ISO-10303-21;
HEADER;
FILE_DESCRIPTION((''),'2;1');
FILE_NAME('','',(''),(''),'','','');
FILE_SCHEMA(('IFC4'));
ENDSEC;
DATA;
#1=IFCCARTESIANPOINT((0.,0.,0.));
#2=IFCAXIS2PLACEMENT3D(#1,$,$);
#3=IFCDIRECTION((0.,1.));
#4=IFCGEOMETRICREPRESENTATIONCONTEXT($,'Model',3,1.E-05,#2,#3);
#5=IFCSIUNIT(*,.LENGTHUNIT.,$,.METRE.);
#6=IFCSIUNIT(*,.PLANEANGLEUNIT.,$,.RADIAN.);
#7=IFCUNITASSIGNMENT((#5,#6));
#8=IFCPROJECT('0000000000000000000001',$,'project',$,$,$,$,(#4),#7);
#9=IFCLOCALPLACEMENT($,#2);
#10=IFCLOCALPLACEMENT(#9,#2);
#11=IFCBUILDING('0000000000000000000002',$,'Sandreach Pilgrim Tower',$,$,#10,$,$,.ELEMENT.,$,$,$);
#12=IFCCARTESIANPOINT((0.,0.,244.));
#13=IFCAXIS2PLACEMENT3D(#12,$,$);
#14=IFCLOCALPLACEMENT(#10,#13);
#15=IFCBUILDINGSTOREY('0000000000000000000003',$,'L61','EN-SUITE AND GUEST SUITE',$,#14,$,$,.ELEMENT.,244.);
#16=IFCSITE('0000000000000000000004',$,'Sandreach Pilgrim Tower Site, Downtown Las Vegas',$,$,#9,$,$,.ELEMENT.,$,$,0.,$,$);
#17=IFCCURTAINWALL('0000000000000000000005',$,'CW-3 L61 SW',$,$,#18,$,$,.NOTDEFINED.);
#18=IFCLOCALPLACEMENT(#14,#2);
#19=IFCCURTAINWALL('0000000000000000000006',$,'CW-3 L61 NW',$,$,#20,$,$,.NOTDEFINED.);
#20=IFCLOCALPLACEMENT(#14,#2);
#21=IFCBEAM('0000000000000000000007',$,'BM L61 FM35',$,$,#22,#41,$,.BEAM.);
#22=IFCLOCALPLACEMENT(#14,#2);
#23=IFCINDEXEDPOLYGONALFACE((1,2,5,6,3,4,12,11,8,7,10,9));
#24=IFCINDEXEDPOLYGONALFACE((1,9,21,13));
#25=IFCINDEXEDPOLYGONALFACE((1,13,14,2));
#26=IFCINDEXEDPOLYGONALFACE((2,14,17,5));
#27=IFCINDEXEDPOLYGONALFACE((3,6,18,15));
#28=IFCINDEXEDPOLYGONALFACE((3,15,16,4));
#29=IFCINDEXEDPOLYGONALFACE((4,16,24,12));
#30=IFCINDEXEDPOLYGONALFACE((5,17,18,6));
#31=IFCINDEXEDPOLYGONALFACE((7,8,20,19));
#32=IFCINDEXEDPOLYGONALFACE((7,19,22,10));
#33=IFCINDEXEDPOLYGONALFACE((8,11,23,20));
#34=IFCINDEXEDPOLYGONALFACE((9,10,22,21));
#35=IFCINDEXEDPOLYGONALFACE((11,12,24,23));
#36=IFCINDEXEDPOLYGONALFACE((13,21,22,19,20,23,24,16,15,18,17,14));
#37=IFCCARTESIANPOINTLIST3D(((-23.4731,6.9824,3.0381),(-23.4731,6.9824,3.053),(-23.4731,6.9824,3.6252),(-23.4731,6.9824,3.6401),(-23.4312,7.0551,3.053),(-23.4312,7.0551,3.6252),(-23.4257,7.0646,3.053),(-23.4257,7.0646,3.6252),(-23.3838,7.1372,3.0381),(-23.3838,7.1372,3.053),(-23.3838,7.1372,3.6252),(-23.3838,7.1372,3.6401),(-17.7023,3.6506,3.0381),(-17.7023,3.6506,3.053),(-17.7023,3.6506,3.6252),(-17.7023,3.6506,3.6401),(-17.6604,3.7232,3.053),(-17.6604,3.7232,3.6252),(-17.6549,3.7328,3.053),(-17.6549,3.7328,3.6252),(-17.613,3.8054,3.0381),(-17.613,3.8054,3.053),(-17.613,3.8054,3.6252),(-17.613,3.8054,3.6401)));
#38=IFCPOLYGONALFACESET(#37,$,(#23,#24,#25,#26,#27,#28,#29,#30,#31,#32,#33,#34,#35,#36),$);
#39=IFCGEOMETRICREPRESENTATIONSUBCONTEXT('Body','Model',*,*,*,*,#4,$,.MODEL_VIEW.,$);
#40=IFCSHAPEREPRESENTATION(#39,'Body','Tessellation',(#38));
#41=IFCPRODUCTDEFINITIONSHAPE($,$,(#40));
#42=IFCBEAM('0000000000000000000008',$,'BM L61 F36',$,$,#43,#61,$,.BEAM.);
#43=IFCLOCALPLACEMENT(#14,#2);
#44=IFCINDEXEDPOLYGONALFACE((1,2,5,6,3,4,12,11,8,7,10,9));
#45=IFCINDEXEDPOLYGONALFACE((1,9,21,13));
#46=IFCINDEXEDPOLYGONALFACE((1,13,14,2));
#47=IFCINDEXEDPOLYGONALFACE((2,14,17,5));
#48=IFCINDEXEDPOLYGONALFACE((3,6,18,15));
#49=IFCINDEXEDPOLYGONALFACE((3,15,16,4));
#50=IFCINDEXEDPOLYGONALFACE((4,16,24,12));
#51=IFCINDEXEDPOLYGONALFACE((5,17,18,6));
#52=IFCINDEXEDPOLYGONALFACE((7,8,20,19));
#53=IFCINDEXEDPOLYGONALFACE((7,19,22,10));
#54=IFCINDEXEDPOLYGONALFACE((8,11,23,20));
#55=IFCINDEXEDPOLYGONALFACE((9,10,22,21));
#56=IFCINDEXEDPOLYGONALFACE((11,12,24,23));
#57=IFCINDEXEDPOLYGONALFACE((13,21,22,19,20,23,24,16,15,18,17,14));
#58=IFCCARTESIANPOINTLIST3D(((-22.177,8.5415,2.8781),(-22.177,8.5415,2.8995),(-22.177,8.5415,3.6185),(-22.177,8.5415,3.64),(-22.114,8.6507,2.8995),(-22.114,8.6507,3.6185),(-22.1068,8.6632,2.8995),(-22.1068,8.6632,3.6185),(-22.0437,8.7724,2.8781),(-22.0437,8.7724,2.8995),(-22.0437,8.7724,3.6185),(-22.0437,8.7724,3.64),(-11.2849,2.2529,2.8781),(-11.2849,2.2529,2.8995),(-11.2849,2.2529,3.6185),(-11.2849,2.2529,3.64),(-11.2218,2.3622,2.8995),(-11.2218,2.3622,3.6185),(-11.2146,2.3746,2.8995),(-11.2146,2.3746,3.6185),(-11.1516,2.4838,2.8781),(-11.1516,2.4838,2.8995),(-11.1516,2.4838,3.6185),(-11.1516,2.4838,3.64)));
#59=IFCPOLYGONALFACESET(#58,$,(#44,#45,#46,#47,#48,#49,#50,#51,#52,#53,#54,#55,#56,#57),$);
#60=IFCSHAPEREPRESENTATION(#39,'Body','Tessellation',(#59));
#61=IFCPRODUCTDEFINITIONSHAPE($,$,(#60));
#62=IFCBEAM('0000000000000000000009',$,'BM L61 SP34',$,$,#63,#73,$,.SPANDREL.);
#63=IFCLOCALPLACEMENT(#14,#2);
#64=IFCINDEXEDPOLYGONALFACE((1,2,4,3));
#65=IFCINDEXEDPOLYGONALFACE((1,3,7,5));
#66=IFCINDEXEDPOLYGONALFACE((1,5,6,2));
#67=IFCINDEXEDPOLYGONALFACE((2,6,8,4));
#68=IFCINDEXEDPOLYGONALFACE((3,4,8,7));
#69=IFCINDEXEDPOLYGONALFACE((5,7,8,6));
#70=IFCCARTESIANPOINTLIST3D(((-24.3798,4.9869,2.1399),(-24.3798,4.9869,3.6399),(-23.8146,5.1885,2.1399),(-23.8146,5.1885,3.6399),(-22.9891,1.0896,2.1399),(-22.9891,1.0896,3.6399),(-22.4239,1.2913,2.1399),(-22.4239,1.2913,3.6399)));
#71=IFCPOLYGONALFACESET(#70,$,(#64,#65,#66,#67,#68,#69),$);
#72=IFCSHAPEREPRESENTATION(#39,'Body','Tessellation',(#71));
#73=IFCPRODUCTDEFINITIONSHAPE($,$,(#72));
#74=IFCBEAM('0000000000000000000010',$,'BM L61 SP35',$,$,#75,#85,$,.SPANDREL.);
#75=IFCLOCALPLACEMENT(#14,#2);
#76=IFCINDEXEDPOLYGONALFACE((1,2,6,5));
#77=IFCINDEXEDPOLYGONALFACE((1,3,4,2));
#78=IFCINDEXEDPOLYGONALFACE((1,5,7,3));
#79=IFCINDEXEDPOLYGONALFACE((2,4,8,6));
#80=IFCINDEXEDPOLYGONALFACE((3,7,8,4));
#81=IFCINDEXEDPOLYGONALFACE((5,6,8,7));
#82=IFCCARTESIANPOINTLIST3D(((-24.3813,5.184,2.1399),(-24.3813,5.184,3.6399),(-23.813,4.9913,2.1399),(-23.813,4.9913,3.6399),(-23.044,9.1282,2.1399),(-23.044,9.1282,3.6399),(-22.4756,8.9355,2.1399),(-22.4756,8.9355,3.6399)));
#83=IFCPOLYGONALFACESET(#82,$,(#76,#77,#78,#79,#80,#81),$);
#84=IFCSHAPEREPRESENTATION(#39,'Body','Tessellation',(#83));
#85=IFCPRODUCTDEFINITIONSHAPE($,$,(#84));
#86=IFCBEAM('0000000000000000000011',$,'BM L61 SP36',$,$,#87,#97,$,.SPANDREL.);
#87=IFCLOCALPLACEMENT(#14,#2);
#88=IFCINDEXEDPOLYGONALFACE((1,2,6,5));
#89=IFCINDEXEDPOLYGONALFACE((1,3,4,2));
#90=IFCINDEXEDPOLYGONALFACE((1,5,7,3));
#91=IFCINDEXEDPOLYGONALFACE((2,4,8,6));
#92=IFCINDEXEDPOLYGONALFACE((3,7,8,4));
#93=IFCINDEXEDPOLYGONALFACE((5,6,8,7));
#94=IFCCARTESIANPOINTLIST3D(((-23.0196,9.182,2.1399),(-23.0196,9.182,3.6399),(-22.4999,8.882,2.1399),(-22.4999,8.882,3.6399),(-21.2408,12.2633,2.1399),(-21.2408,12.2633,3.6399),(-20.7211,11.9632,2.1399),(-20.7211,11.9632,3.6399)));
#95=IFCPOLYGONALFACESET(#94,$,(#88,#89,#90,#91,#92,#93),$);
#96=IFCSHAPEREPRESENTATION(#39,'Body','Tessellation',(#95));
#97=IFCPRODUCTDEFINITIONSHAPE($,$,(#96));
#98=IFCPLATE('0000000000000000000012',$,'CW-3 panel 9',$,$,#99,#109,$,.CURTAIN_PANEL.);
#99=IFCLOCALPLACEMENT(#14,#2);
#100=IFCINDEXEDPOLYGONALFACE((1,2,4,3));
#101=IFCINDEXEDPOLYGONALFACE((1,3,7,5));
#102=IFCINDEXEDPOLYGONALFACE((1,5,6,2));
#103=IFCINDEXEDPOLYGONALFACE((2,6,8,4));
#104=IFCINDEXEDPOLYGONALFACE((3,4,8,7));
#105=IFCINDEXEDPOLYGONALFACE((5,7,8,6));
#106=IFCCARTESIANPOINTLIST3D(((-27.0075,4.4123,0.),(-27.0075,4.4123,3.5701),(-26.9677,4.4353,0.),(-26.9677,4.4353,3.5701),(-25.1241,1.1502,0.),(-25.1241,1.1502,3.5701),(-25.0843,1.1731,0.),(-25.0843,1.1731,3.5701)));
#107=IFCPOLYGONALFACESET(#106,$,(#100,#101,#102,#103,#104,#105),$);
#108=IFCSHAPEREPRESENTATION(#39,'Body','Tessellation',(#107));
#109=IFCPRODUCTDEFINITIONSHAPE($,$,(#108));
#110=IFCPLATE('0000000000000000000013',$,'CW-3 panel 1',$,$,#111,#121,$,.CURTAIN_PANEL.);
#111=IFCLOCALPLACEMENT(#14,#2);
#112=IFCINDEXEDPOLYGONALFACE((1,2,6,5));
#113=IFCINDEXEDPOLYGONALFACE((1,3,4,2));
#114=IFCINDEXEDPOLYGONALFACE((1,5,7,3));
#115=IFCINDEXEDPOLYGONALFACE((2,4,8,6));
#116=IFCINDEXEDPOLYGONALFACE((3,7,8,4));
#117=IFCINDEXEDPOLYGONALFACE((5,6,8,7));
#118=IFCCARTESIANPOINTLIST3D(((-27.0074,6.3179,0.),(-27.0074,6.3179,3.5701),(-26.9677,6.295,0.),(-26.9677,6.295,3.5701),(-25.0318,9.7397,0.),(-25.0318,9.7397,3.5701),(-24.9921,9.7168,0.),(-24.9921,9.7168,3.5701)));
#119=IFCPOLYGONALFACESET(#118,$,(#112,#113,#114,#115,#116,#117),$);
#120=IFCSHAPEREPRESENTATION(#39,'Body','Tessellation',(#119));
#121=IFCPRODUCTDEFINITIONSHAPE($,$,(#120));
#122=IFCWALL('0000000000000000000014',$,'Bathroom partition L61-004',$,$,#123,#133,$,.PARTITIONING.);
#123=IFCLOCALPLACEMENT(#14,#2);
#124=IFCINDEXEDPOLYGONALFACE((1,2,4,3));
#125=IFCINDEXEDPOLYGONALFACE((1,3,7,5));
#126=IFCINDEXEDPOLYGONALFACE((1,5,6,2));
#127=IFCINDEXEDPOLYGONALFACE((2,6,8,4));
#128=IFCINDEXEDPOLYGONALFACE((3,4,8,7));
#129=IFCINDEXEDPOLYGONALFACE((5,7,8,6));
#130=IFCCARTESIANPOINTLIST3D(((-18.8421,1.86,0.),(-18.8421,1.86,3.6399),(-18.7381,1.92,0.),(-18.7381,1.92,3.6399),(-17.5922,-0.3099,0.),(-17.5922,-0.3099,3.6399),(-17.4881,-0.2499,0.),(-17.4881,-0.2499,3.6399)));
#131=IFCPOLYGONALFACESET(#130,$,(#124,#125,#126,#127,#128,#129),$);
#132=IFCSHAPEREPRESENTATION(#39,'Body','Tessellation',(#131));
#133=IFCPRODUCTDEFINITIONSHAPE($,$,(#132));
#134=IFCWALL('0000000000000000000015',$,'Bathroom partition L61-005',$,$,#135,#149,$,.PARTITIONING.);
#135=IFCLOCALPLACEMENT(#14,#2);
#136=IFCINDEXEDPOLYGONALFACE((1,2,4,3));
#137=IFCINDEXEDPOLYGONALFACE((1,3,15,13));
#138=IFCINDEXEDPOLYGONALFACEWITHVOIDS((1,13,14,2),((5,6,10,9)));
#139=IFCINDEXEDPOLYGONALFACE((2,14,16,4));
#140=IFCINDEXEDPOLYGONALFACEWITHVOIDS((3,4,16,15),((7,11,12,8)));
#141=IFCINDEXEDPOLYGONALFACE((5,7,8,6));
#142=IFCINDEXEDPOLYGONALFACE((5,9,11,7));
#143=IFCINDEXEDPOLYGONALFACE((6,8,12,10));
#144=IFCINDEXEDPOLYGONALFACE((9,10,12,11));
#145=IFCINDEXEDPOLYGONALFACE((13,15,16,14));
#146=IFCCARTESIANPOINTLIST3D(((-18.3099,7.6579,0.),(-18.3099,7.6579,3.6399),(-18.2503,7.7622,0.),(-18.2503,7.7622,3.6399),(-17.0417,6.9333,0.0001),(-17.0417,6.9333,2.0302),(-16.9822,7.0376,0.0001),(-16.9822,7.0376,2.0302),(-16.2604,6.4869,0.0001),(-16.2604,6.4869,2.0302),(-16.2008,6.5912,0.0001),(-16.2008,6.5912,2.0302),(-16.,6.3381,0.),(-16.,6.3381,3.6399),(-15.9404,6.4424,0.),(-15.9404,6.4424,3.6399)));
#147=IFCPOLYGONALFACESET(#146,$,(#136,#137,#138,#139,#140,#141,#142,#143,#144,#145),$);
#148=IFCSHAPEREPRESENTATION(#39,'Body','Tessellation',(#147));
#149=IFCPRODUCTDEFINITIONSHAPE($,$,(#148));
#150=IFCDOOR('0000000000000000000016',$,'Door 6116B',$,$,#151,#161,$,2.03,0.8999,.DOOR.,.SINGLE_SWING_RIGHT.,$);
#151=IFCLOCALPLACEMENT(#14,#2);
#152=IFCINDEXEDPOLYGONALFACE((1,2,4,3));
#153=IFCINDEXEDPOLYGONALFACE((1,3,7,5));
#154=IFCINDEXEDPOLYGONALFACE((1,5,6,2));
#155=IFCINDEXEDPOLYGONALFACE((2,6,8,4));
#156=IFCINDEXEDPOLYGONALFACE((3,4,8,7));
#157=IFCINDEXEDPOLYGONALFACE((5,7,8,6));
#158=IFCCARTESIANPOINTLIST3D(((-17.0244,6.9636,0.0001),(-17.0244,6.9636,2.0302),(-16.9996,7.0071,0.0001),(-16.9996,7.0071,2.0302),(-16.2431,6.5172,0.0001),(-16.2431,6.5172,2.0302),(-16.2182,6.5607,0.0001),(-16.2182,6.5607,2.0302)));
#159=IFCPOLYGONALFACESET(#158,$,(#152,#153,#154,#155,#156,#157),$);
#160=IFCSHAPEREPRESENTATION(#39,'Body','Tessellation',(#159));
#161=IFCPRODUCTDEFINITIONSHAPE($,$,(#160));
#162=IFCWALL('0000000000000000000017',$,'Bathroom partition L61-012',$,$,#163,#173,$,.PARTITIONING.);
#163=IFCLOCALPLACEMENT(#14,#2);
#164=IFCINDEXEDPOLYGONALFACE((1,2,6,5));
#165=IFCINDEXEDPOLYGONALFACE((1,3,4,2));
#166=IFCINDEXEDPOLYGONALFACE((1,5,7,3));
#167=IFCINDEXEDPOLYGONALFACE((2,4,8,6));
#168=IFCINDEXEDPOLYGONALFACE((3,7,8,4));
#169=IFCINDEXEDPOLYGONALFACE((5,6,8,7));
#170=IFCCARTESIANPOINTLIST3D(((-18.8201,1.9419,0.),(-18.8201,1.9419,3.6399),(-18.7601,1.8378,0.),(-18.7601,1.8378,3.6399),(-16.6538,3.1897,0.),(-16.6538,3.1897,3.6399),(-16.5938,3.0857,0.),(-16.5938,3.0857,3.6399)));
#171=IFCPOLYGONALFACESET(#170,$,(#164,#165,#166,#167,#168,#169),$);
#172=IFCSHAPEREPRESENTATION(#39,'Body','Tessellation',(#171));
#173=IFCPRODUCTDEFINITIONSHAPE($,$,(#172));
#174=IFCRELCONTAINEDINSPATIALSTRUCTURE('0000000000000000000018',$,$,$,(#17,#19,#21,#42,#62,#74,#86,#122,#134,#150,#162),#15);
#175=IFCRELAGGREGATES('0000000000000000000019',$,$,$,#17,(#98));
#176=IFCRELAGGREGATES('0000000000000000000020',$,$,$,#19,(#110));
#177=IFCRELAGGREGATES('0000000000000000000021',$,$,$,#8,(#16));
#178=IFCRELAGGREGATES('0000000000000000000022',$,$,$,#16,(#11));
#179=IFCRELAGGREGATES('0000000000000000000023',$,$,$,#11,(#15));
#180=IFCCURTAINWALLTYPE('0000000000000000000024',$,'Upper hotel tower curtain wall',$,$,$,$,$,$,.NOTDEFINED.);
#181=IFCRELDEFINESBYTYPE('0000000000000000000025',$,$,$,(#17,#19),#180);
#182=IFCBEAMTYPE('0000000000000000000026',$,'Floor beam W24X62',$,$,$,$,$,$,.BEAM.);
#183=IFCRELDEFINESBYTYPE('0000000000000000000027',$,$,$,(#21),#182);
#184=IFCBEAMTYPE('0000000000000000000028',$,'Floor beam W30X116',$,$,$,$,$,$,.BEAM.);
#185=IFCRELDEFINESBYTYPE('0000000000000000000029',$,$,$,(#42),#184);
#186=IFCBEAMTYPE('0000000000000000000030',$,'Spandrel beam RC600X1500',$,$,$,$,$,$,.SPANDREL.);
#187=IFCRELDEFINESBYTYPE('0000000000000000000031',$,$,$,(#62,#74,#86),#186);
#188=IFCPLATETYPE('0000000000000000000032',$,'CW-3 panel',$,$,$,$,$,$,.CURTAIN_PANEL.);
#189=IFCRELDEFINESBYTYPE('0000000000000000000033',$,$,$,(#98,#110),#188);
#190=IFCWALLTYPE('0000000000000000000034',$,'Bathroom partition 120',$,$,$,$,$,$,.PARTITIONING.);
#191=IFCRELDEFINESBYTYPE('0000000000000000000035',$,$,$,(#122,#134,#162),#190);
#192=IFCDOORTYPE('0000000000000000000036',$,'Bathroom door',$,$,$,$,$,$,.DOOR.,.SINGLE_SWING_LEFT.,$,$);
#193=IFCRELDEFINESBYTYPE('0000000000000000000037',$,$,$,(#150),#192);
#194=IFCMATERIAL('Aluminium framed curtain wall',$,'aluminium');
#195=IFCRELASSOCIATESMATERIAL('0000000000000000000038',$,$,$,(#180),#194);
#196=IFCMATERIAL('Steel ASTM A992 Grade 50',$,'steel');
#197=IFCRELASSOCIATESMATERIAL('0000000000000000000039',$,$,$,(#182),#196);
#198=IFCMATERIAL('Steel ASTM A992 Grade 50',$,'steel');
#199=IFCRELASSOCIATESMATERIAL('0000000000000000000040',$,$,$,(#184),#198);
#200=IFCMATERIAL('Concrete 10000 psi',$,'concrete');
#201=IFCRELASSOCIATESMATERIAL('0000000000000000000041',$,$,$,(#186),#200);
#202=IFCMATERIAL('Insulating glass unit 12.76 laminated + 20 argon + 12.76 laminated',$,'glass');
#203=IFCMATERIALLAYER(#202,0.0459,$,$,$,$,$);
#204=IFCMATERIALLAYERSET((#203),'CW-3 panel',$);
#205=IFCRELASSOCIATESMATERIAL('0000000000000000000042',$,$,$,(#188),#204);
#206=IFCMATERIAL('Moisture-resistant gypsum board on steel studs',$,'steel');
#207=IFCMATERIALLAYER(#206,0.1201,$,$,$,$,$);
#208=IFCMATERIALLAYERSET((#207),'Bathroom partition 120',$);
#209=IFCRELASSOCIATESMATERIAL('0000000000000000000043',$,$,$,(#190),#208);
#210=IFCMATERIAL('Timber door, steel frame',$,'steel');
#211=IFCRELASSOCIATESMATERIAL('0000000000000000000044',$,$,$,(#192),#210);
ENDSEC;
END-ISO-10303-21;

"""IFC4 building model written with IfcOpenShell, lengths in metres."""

from ifc_helpers import new_model, si_unit, direction, frame, frame_2d, origin, origin_2d, place, context, subcontext, project, spatial, rectangle, i_section, extrude, material, layer, layer_set, material_profile, profile_set, type_object, element, fill, aggregate, save


model = new_model("IFC4")

# Units and contexts
model_context = context("Model", 3, precision=1e-05, world=origin(), true_north=direction((0.0, 1.0)))
body_context = subcontext(model_context, "Body", "Model", "MODEL_VIEW")
ifc_project = project(units=[si_unit("LENGTHUNIT", "METRE"), si_unit("PLANEANGLEUNIT", "RADIAN")], contexts=[model_context])

# Site, building, storey
site_placement = place(None, origin())
site = spatial("IfcSite", under=ifc_project, at=site_placement, Name="Sandreach Pilgrim Tower Site, Downtown Las Vegas", CompositionType="ELEMENT", RefElevation=0.0)
building_placement = place(site_placement, origin())
building = spatial("IfcBuilding", under=site, at=building_placement, Name="Sandreach Pilgrim Tower", CompositionType="ELEMENT")
storey_placement = place(building_placement, frame((0.0, 0.0, 244.0)))
storey = spatial("IfcBuildingStorey", under=building, at=storey_placement, Name="L61", Description="EN-SUITE AND GUEST SUITE", CompositionType="ELEMENT", Elevation=244.0)

# Curtain wall
ifc_material_1 = material(Name="Aluminium framed curtain wall", Category="aluminium")
curtain_wall_type = type_object("IfcCurtainWallType", Name="Upper hotel tower curtain wall", PredefinedType="NOTDEFINED", material=ifc_material_1)
curtain_wall_1_placement = place(storey_placement, origin())
curtain_wall_1 = element("IfcCurtainWall", 1, at=curtain_wall_1_placement, inside=storey, type_object=curtain_wall_type, Name="CW-3 L61 SW", PredefinedType="NOTDEFINED")

# Curtain wall
curtain_wall_2_placement = place(storey_placement, origin())
curtain_wall_2 = element("IfcCurtainWall", 2, at=curtain_wall_2_placement, inside=storey, type_object=curtain_wall_type, Name="CW-3 L61 NW", PredefinedType="NOTDEFINED")

# Beams
ifc_material_2 = material(Name="Steel ASTM A992 Grade 50", Category="steel")
ifc_material_profile_1 = material_profile(ifc_material_2, i_section(OverallWidth=0.1787, OverallDepth=0.6021, WebThickness=0.011, FlangeThickness=0.0149, at=origin_2d()), Name="W24X62")
ifc_profile_set_1 = profile_set([ifc_material_profile_1], Name="Steel ASTM A992 Grade 50")
beam_type_1 = type_object("IfcBeamType", Name="Floor beam W24X62", PredefinedType="BEAM", material=ifc_profile_set_1)
beam_1_placement = place(storey_placement, frame((-23.4285, 7.0598, 3.3391), z_axis=(0.866023, -0.500005, 0.0), x_axis=(0.500005, 0.866023, 0.0)))
element("IfcBeam", 3, at=beam_1_placement, inside=storey, type_object=beam_type_1, Name="BM L61 FM35", PredefinedType="BEAM", context=body_context, shape_type="SweptSolid", body=[
    extrude(i_section(OverallWidth=0.1787, OverallDepth=0.6021, WebThickness=0.011, FlangeThickness=0.0149, at=origin_2d()), origin(), (0.0, 0.0, 1.0), 6.6636),
])
ifc_material_3 = material(Name="Steel ASTM A992 Grade 50", Category="steel")
ifc_material_profile_2 = material_profile(ifc_material_3, i_section(OverallWidth=0.2666, OverallDepth=0.762, WebThickness=0.0144, FlangeThickness=0.0215, at=origin_2d()), Name="W30X116")
ifc_profile_set_2 = profile_set([ifc_material_profile_2], Name="Steel ASTM A992 Grade 50")
beam_type_2 = type_object("IfcBeamType", Name="Floor beam W30X116", PredefinedType="BEAM", material=ifc_profile_set_2)
beam_2_placement = place(storey_placement, frame((-22.1104, 8.657, 3.259), z_axis=(0.866025, -0.500001, 0.0), x_axis=(0.500001, 0.866025, 0.0)))
element("IfcBeam", 4, at=beam_2_placement, inside=storey, type_object=beam_type_2, Name="BM L61 F36", PredefinedType="BEAM", context=body_context, shape_type="SweptSolid", body=[
    extrude(i_section(OverallWidth=0.2666, OverallDepth=0.762, WebThickness=0.0144, FlangeThickness=0.0215, at=origin_2d()), origin(), (0.0, 0.0, 1.0), 12.5771),
])
ifc_material_4 = material(Name="Concrete 10000 psi", Category="concrete")
ifc_material_profile_3 = material_profile(ifc_material_4, rectangle(XDim=0.6001, YDim=1.5, at=origin_2d()), Name="RC600X1500")
ifc_profile_set_3 = profile_set([ifc_material_profile_3], Name="Concrete 10000 psi")
beam_type_3 = type_object("IfcBeamType", Name="Spandrel beam RC600X1500", PredefinedType="SPANDREL", material=ifc_profile_set_3)
beam_3_placement = place(storey_placement, frame((-22.7065, 1.1904, 2.8899), z_axis=(-0.336071, 0.941837, 0.0), x_axis=(-0.941837, -0.336071, 0.0)))
element("IfcBeam", 5, at=beam_3_placement, inside=storey, type_object=beam_type_3, Name="BM L61 SP34", PredefinedType="SPANDREL", context=body_context, shape_type="SweptSolid", body=[
    extrude(rectangle(XDim=0.6001, YDim=1.5, at=origin_2d()), origin(), (0.0, 0.0, 1.0), 4.1379),
])
beam_4_placement = place(storey_placement, frame((-24.0972, 5.0876, 2.8899), z_axis=(0.321112, 0.947041, 0.0), x_axis=(-0.947041, 0.321112, 0.0)))
element("IfcBeam", 6, at=beam_4_placement, inside=storey, type_object=beam_type_3, Name="BM L61 SP35", PredefinedType="SPANDREL", context=body_context, shape_type="SweptSolid", body=[
    extrude(rectangle(XDim=0.6001, YDim=1.5, at=origin_2d()), origin(), (0.0, 0.0, 1.0), 4.1648),
])
beam_5_placement = place(storey_placement, frame((-22.7598, 9.032, 2.8899), z_axis=(0.499962, 0.866047, 0.0), x_axis=(-0.866047, 0.499962, 0.0)))
element("IfcBeam", 7, at=beam_5_placement, inside=storey, type_object=beam_type_3, Name="BM L61 SP36", PredefinedType="SPANDREL", context=body_context, shape_type="SweptSolid", body=[
    extrude(rectangle(XDim=0.6001, YDim=1.5, at=origin_2d()), origin(), (0.0, 0.0, 1.0), 3.5579),
])

# Plates
ifc_material_5 = material(Name="Insulating glass unit 12.76 laminated + 20 argon + 12.76 laminated", Category="glass")
ifc_layer_1 = layer(ifc_material_5, 0.0459)
ifc_layer_set_1 = layer_set([ifc_layer_1], Name="CW-3 panel")
plate_type = type_object("IfcPlateType", Name="CW-3 panel", PredefinedType="CURTAIN_PANEL", material=ifc_layer_set_1)
plate_1_placement = place(storey_placement, frame((-26.0459, 2.7927, 0.0), z_axis=(0.0, 0.0, 1.0), x_axis=(-0.5, 0.866025, 0.0)))
plate_1 = element("IfcPlate", 8, at=plate_1_placement, type_object=plate_type, Name="CW-3 panel 9", PredefinedType="CURTAIN_PANEL", context=body_context, shape_type="SweptSolid", body=[
    extrude(rectangle(XDim=3.7668, YDim=0.0459, at=origin_2d()), origin(), (0.0, 0.0, 1.0), 3.5701),
])
aggregate(curtain_wall_1, [plate_1])
plate_2_placement = place(storey_placement, frame((-25.9998, 8.0173, 0.0), z_axis=(0.0, 0.0, 1.0), x_axis=(0.5, 0.866025, 0.0)))
plate_2 = element("IfcPlate", 9, at=plate_2_placement, type_object=plate_type, Name="CW-3 panel 1", PredefinedType="CURTAIN_PANEL", context=body_context, shape_type="SweptSolid", body=[
    extrude(rectangle(XDim=3.9512, YDim=0.0459, at=origin_2d()), origin(), (0.0, 0.0, 1.0), 3.5701),
])
aggregate(curtain_wall_2, [plate_2])

# Wall
ifc_material_6 = material(Name="Moisture-resistant gypsum board on steel studs", Category="steel")
ifc_layer_2 = layer(ifc_material_6, 0.1201)
ifc_layer_set_2 = layer_set([ifc_layer_2], Name="Bathroom partition 120")
wall_type_1 = type_object("IfcWallType", Name="Bathroom partition 120", PredefinedType="PARTITIONING", material=ifc_layer_set_2)
wall_1_placement = place(storey_placement, frame((-18.79, 1.8899, 0.0), z_axis=(0.0, 0.0, 1.0), x_axis=(0.49916, -0.86651, 0.0)))
element("IfcWall", 10, at=wall_1_placement, inside=storey, type_object=wall_type_1, Name="Bathroom partition L61-004", PredefinedType="PARTITIONING", context=body_context, shape_type="SweptSolid", body=[
    extrude(rectangle(XDim=2.5042, YDim=0.1201, at=frame_2d((1.252, 0.0))), origin(), (0.0, 0.0, 1.0), 3.6399),
])

# Wall, opening, door
wall_2_placement = place(storey_placement, frame((-18.28, 7.71, 0.0), z_axis=(0.0, 0.0, 1.0), x_axis=(0.868277, -0.49608, 0.0)))
wall_2 = element("IfcWall", 11, at=wall_2_placement, inside=storey, type_object=wall_type_1, Name="Bathroom partition L61-005", PredefinedType="PARTITIONING", context=body_context, shape_type="SweptSolid", body=[
    extrude(rectangle(XDim=2.6604, YDim=0.1201, at=frame_2d((1.3301, 0.0))), origin(), (0.0, 0.0, 1.0), 3.6399),
])
opening_1_placement = place(wall_2_placement, frame((1.4604, 0.0, 0.0)))
opening_1 = element("IfcOpeningElement", 12, at=opening_1_placement, cuts=wall_2, PredefinedType="OPENING", context=body_context, shape_type="SweptSolid", body=[
    extrude(rectangle(XDim=0.8999, YDim=2.03, at=frame_2d((0.45, 1.0151))), frame((0.0, 0.0601, 0.0), z_axis=(0.0, -1.0, 0.0), x_axis=(1.0, 0.0, 0.0)), (0.0, 0.0, 1.0), 0.1201),
])
ifc_material_7 = material(Name="Timber door, steel frame", Category="steel")
door_type_1 = type_object("IfcDoorType", Name="Bathroom door", OperationType="SINGLE_SWING_LEFT", PredefinedType="DOOR", material=ifc_material_7)
door_1_placement = place(opening_1_placement, origin())
door_1 = element("IfcDoor", 13, at=door_1_placement, inside=storey, type_object=door_type_1, Name="Door 6116B", OperationType="SINGLE_SWING_RIGHT", OverallHeight=2.03, OverallWidth=0.8999, PredefinedType="DOOR", context=body_context, shape_type="SweptSolid", body=[
    extrude(rectangle(XDim=0.8999, YDim=2.03, at=frame_2d((0.45, 1.0151))), frame((0.0, 0.0249, 0.0), z_axis=(0.0, -1.0, 0.0), x_axis=(1.0, 0.0, 0.0)), (0.0, 0.0, 1.0), 0.05),
])
fill(opening_1, door_1)

# Wall
wall_3_placement = place(storey_placement, frame((-16.6238, 3.1377, 0.0), z_axis=(0.0, 0.0, 1.0), x_axis=(-0.866525, -0.499133, 0.0)))
element("IfcWall", 14, at=wall_3_placement, inside=storey, type_object=wall_type_1, Name="Bathroom partition L61-012", PredefinedType="PARTITIONING", context=body_context, shape_type="SweptSolid", body=[
    extrude(rectangle(XDim=2.5, YDim=0.1201, at=frame_2d((1.25, 0.0))), origin(), (0.0, 0.0, 1.0), 3.6399),
])

save(model, "model.ifc")
